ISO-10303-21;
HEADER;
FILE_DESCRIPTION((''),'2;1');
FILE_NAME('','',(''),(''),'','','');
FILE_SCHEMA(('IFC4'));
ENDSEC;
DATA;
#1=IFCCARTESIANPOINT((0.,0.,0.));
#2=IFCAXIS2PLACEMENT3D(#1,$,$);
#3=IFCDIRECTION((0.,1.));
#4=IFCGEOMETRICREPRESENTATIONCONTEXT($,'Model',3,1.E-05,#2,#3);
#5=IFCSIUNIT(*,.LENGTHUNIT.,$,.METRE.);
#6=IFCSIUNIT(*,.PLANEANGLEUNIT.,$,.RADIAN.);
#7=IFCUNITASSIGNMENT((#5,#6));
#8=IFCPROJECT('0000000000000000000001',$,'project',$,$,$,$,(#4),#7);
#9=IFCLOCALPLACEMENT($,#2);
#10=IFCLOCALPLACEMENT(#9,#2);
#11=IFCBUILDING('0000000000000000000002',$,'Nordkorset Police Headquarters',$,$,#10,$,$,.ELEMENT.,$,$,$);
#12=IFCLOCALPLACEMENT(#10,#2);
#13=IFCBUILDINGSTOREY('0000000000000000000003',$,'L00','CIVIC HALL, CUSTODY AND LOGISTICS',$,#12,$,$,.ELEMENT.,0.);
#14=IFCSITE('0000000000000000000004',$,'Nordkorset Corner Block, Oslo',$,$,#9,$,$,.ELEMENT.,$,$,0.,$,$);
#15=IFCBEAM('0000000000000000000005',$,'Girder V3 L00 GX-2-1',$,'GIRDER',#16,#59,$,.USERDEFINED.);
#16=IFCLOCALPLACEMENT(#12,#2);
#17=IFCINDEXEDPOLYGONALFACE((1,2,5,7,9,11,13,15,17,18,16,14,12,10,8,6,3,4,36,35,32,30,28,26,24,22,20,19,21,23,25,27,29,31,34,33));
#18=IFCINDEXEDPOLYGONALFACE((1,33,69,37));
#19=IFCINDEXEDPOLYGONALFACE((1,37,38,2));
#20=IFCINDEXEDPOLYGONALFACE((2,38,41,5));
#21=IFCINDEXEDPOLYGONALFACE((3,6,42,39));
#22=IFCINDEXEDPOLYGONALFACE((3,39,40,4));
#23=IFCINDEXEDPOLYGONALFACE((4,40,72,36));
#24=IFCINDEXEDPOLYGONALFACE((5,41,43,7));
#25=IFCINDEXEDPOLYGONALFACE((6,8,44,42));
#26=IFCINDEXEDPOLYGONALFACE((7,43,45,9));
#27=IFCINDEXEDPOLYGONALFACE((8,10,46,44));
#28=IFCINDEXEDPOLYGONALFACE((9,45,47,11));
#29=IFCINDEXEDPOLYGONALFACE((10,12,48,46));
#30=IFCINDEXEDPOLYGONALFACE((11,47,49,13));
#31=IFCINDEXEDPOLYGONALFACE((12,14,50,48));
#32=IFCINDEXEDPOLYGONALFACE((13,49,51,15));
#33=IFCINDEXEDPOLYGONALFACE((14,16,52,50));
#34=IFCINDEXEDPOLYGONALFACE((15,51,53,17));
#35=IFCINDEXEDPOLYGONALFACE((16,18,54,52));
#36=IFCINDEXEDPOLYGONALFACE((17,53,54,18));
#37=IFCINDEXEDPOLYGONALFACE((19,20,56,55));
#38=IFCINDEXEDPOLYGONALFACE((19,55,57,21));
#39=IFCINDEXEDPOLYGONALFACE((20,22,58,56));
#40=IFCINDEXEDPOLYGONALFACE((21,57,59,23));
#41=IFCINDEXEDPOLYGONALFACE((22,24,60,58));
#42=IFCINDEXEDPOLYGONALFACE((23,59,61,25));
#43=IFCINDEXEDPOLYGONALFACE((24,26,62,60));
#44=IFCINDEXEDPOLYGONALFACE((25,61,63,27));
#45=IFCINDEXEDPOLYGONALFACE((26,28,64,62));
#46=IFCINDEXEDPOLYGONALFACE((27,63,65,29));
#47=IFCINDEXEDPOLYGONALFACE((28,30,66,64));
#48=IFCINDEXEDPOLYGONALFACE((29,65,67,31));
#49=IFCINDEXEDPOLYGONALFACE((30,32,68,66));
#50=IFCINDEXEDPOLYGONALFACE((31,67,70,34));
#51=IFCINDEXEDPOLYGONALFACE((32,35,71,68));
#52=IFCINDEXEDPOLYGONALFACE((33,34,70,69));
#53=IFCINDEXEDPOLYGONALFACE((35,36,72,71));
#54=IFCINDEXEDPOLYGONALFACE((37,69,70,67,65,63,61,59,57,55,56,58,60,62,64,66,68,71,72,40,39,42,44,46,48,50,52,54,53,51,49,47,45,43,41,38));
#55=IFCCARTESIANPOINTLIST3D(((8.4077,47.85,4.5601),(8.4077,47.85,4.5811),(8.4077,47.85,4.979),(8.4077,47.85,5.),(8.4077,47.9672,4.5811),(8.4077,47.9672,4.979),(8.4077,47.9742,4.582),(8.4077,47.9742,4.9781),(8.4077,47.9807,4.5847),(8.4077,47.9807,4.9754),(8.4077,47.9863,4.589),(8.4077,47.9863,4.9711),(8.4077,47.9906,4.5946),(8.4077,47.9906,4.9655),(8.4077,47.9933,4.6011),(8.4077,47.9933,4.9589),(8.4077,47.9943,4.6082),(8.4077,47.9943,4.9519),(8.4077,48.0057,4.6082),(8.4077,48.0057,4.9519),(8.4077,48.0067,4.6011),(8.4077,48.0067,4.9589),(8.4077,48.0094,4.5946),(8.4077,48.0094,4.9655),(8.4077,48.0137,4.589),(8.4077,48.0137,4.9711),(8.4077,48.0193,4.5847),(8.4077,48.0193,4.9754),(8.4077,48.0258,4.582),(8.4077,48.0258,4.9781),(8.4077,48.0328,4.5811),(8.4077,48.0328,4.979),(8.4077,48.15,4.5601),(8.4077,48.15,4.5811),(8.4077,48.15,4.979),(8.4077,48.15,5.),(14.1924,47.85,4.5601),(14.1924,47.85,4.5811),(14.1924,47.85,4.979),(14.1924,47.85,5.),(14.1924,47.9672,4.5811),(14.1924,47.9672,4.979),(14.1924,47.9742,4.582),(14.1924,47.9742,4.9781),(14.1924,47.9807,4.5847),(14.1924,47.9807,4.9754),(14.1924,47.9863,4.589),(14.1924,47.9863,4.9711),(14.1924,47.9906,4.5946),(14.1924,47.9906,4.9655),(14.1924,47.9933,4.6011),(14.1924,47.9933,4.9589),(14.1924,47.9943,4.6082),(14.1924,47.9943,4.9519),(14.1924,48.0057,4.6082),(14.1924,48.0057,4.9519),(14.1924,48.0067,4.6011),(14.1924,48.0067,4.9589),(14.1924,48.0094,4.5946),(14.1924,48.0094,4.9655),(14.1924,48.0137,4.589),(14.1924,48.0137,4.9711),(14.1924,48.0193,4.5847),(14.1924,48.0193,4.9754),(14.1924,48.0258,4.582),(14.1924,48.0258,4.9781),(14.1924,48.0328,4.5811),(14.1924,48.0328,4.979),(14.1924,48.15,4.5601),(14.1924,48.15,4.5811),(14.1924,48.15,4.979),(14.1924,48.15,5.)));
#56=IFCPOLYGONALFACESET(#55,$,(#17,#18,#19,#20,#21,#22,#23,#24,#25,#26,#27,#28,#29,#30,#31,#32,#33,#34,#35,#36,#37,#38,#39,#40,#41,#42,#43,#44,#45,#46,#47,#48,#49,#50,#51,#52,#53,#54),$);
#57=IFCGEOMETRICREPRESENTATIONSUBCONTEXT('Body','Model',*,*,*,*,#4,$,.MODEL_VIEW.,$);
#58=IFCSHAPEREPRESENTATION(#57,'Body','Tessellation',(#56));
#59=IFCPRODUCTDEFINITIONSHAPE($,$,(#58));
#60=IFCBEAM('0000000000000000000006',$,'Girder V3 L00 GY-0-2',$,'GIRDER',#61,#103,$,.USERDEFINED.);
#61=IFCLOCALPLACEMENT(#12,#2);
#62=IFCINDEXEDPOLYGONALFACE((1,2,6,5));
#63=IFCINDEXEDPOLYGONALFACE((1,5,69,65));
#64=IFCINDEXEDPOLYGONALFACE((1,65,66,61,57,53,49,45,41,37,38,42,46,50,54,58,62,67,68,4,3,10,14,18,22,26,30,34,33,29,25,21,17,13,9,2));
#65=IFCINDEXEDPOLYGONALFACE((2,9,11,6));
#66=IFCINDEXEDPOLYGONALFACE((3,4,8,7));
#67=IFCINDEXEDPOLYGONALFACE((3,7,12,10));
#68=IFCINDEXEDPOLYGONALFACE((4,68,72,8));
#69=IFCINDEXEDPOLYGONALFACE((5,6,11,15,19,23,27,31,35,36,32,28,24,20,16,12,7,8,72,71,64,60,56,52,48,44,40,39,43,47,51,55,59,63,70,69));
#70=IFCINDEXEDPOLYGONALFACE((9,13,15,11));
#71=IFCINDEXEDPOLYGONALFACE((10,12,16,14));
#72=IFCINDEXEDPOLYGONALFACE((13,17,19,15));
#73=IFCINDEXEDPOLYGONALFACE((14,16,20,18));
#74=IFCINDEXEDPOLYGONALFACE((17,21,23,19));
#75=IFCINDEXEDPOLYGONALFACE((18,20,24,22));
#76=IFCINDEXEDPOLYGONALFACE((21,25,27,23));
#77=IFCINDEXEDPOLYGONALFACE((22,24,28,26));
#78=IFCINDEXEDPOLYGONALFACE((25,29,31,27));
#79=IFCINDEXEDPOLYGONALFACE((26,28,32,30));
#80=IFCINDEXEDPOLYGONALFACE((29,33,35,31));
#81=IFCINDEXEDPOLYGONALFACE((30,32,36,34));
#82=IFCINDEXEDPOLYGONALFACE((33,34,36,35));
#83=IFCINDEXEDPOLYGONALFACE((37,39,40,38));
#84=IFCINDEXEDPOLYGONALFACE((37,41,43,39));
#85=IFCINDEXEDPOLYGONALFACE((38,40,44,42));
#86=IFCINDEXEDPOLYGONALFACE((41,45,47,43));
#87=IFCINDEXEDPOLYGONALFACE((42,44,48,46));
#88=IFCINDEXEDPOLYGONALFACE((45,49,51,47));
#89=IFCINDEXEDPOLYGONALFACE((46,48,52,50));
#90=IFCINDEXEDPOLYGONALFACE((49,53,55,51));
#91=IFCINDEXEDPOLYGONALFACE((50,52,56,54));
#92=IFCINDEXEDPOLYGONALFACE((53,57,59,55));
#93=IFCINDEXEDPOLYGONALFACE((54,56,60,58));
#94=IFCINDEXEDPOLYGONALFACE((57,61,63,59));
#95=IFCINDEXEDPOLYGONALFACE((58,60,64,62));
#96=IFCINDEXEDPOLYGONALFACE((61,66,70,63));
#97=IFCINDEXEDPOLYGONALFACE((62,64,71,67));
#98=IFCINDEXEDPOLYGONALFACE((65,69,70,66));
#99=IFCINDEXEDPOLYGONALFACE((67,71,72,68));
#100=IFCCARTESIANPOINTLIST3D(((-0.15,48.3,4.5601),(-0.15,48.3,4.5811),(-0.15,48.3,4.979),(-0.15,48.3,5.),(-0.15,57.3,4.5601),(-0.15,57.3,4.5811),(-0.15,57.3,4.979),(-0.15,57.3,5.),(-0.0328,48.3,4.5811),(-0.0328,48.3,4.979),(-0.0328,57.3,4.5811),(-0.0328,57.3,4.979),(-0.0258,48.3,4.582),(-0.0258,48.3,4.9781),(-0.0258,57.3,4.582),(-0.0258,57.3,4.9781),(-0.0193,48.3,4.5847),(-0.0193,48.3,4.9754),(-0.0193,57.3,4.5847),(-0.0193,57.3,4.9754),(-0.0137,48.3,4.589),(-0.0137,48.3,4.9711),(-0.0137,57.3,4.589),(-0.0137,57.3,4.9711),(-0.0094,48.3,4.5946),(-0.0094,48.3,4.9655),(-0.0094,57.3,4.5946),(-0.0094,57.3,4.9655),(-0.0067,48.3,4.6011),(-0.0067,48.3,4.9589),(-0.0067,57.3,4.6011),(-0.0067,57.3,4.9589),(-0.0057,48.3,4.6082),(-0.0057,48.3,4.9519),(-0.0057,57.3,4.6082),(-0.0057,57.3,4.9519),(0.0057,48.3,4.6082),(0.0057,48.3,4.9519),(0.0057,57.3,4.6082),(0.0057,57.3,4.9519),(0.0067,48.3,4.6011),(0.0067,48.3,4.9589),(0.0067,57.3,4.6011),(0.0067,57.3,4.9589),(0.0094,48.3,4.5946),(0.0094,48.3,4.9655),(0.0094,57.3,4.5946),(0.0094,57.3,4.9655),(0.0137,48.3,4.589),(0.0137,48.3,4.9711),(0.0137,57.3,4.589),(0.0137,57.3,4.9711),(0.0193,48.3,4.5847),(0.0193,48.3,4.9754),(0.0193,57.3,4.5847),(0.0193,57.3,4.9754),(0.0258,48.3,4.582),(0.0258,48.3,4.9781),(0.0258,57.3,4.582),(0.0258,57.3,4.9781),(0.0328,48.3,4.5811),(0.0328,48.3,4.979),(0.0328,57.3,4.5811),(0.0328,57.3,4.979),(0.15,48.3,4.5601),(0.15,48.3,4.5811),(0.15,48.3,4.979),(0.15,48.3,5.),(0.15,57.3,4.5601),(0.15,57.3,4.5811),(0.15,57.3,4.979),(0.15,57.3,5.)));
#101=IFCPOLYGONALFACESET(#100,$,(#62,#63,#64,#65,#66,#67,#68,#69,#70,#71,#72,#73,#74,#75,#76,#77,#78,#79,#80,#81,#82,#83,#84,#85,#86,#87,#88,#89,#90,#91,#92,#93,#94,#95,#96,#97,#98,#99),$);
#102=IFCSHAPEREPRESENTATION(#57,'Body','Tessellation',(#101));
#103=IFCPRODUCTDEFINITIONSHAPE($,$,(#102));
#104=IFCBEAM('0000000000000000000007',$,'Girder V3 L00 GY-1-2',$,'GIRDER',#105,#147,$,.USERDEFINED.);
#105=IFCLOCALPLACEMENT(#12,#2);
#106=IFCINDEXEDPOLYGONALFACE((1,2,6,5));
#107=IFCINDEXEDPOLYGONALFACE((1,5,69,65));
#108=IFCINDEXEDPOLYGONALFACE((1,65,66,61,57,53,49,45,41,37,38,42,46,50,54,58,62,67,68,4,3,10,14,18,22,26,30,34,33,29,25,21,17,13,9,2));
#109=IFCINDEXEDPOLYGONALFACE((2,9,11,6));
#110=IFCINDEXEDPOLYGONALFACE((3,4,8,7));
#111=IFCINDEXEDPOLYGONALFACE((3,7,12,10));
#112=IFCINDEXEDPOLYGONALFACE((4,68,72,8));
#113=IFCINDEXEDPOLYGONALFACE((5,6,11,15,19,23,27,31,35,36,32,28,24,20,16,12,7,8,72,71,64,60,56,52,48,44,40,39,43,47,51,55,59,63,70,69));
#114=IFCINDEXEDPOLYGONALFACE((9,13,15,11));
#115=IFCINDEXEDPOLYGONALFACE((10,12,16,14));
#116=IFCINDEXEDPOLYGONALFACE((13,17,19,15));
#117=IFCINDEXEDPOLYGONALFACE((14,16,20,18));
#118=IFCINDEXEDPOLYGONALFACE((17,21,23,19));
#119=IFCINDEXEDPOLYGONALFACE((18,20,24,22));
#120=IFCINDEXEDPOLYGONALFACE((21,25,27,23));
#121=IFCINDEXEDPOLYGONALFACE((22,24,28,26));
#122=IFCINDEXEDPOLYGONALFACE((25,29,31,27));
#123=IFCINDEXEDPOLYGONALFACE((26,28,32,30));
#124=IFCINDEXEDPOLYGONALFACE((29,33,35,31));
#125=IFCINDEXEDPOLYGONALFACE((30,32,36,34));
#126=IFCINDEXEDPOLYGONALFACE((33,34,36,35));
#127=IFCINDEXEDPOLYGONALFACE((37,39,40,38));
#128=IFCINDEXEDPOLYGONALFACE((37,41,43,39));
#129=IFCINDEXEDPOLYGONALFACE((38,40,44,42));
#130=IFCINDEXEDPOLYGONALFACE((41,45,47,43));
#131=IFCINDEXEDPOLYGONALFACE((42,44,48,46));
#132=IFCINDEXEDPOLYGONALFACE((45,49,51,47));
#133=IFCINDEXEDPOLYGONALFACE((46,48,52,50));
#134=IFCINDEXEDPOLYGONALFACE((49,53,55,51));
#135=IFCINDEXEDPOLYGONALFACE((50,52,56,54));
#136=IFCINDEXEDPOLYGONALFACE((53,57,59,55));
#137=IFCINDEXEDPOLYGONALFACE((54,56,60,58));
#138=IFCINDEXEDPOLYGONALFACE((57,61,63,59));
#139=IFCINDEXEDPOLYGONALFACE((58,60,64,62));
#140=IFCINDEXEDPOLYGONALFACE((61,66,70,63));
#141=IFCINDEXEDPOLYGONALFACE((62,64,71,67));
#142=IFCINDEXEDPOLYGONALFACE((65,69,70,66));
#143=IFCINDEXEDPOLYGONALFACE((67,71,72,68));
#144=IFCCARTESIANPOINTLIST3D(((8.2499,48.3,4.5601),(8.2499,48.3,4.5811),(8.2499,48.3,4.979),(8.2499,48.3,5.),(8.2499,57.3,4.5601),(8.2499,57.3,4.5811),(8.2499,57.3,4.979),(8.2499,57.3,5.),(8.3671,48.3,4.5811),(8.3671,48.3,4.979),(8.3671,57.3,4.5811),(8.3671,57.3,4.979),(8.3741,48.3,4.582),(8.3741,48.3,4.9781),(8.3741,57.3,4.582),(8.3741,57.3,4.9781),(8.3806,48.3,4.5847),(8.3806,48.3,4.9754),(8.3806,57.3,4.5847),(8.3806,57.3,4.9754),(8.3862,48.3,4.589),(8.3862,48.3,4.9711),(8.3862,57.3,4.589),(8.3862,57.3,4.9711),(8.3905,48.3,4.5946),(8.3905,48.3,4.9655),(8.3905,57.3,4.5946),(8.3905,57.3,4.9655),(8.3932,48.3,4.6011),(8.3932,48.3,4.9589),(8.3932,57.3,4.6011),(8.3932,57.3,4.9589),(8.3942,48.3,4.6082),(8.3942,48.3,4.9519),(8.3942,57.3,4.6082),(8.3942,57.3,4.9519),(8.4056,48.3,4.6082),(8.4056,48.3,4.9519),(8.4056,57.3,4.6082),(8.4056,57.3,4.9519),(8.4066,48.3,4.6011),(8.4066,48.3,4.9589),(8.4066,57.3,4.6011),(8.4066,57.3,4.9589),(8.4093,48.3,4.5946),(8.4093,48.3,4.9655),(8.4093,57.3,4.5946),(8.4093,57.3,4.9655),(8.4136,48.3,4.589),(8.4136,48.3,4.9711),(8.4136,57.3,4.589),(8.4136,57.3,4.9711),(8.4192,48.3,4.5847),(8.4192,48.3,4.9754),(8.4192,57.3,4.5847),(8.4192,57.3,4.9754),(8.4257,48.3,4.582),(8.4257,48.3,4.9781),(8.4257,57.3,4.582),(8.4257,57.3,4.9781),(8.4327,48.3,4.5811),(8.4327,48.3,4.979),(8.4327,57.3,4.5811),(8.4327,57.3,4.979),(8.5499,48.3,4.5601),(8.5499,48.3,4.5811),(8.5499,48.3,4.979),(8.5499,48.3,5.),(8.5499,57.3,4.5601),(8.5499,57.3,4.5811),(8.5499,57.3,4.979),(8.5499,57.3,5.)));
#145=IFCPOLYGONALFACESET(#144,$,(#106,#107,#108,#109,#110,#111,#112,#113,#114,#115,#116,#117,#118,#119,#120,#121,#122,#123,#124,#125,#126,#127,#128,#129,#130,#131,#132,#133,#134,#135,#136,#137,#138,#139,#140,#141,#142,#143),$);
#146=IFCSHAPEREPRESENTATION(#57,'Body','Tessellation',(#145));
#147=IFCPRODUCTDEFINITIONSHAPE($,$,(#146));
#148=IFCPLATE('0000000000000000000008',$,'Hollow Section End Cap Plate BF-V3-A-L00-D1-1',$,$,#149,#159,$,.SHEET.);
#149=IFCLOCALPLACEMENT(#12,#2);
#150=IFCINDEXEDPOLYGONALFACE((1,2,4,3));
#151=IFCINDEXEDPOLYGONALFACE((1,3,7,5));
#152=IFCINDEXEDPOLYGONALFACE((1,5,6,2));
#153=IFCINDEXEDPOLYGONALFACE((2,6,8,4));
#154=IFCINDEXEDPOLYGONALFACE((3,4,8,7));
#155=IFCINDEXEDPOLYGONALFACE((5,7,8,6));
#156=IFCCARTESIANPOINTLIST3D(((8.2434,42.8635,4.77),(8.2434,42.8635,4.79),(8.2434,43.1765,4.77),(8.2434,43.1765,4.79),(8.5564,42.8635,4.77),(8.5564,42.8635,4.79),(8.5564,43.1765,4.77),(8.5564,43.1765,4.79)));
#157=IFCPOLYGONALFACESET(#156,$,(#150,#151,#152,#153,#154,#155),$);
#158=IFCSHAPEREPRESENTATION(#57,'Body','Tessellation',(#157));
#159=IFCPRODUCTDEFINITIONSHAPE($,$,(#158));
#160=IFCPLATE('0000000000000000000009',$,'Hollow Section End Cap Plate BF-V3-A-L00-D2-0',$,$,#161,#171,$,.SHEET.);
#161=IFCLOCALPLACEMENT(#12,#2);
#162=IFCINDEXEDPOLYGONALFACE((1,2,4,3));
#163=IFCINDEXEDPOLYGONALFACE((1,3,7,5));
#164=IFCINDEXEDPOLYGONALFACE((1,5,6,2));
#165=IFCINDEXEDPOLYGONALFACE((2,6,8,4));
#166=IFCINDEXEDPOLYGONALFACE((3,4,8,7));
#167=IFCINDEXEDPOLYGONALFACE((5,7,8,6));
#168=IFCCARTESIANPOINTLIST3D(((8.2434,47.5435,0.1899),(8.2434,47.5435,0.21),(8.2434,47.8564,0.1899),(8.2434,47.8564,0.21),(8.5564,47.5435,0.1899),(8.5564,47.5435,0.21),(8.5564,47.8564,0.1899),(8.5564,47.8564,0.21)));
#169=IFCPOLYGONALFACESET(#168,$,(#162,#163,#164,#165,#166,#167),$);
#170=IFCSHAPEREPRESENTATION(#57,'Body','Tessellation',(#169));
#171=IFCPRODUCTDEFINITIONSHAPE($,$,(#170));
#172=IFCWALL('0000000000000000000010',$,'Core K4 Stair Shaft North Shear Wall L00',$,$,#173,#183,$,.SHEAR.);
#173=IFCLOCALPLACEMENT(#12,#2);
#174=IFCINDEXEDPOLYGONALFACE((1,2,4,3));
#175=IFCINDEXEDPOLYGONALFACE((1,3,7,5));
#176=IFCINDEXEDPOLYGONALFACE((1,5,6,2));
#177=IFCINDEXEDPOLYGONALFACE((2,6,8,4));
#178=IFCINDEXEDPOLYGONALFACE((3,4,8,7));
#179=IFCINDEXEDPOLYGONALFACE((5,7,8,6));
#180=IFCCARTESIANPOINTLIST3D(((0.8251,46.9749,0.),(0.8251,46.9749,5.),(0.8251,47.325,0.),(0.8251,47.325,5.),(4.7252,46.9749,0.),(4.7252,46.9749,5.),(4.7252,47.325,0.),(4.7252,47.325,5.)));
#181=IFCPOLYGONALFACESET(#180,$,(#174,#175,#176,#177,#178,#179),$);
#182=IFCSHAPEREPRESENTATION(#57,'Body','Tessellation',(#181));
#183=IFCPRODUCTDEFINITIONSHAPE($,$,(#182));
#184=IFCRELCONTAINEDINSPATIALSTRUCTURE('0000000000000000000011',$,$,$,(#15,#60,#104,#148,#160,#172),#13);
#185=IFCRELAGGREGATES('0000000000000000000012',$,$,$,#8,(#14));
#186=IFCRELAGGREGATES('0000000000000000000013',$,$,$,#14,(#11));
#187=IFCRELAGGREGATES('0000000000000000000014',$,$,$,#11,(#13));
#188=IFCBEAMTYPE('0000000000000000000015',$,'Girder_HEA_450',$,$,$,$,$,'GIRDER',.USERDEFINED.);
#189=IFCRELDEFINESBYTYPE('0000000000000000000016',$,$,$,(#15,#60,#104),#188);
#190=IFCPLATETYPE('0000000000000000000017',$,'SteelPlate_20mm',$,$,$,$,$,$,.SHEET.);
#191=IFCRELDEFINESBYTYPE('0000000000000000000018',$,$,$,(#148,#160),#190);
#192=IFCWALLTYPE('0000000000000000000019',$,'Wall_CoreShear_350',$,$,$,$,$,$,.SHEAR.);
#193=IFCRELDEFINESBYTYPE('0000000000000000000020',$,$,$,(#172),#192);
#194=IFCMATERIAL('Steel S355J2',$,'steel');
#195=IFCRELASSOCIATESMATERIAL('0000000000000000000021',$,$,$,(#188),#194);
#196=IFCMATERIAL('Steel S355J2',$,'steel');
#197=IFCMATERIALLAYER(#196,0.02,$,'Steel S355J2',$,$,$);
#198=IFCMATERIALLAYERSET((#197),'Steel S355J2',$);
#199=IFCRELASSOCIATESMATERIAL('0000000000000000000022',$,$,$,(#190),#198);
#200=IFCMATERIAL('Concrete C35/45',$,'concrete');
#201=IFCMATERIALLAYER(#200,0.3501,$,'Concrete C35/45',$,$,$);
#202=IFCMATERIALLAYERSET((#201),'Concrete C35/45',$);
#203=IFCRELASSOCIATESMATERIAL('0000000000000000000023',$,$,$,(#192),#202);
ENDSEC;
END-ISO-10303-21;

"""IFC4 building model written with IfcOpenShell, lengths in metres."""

from ifc_helpers import new_model, si_unit, direction, frame, frame_2d, origin, origin_2d, place, context, subcontext, project, spatial, rectangle, i_section, extrude, material, layer, layer_set, material_profile, profile_set, type_object, element, save


model = new_model("IFC4")

# Units and contexts
model_context = context("Model", 3, precision=1e-05, world=origin(), true_north=direction((0.0, 1.0)))
body_context = subcontext(model_context, "Body", "Model", "MODEL_VIEW")
ifc_project = project(units=[si_unit("LENGTHUNIT", "METRE"), si_unit("PLANEANGLEUNIT", "RADIAN")], contexts=[model_context])

# Site, building, storey
site_placement = place(None, origin())
site = spatial("IfcSite", under=ifc_project, at=site_placement, Name="Nordkorset Corner Block, Oslo", CompositionType="ELEMENT", RefElevation=0.0)
building_placement = place(site_placement, origin())
building = spatial("IfcBuilding", under=site, at=building_placement, Name="Nordkorset Police Headquarters", CompositionType="ELEMENT")
storey_placement = place(building_placement, origin())
storey = spatial("IfcBuildingStorey", under=building, at=storey_placement, Name="L00", Description="CIVIC HALL, CUSTODY AND LOGISTICS", CompositionType="ELEMENT", Elevation=0.0)

# Beams
ifc_material_1 = material(Name="Steel S355J2", Category="steel")
ifc_material_profile_1 = material_profile(ifc_material_1, i_section(OverallWidth=0.3, OverallDepth=0.4399, WebThickness=0.0115, FlangeThickness=0.021, FilletRadius=0.0271, at=origin_2d()), Name="HEA 450")
ifc_profile_set_1 = profile_set([ifc_material_profile_1], Name="Steel S355J2")
beam_type_1 = type_object("IfcBeamType", Name="Girder_HEA_450", ElementType="GIRDER", PredefinedType="USERDEFINED", material=ifc_profile_set_1)
beam_1_placement = place(storey_placement, frame((8.4077, 48.0, 4.78), z_axis=(1.0, 0.0, 0.0), x_axis=(0.0, 1.0, 0.0)))
element("IfcBeam", 1, at=beam_1_placement, inside=storey, type_object=beam_type_1, Name="Girder V3 L00 GX-2-1", ObjectType="GIRDER", PredefinedType="USERDEFINED", context=body_context, shape_type="SweptSolid", body=[
    extrude(i_section(OverallWidth=0.3, OverallDepth=0.4399, WebThickness=0.0115, FlangeThickness=0.021, FilletRadius=0.0271, at=origin_2d()), origin(), (0.0, 0.0, 1.0), 5.7847),
])
for number, where, z_axis, x_axis, name in (
    (2, (0.0, 48.3, 4.78), (0.0, 1.0, 0.0), (-1.0, 0.0, 0.0), "Girder V3 L00 GY-0-2"),
    (3, (8.3999, 48.3, 4.78), (0.0, 1.0, 0.0), (-1.0, 0.0, 0.0), "Girder V3 L00 GY-1-2"),
):
    element("IfcBeam", number, at=place(storey_placement, frame(where, z_axis=z_axis, x_axis=x_axis)), inside=storey, type_object=beam_type_1, Name=name, ObjectType="GIRDER", PredefinedType="USERDEFINED", context=body_context, shape_type="SweptSolid", body=[
        extrude(i_section(OverallWidth=0.3, OverallDepth=0.4399, WebThickness=0.0115, FlangeThickness=0.021, FilletRadius=0.0271, at=origin_2d()), origin(), (0.0, 0.0, 1.0), 9.0),
    ])

# Plates
ifc_material_2 = material(Name="Steel S355J2", Category="steel")
ifc_layer_1 = layer(ifc_material_2, 0.02, Name="Steel S355J2")
ifc_layer_set_1 = layer_set([ifc_layer_1], Name="Steel S355J2")
plate_type = type_object("IfcPlateType", Name="SteelPlate_20mm", PredefinedType="SHEET", material=ifc_layer_set_1)
for number, where, z_axis, x_axis, name in (
    (4, (8.3999, 43.02, 4.77), (0.0, 0.0, 1.0), (1.0, 0.0, 0.0), "Hollow Section End Cap Plate BF-V3-A-L00-D1-1"),
    (5, (8.3999, 47.7, 0.1899), (0.0, 0.0, 1.0), (1.0, 0.0, 0.0), "Hollow Section End Cap Plate BF-V3-A-L00-D2-0"),
):
    element("IfcPlate", number, at=place(storey_placement, frame(where, z_axis=z_axis, x_axis=x_axis)), inside=storey, type_object=plate_type, Name=name, PredefinedType="SHEET", context=body_context, shape_type="SweptSolid", body=[
        extrude(rectangle(XDim=0.313, YDim=0.313, at=origin_2d()), origin(), (0.0, 0.0, 1.0), 0.02),
    ])

# Wall
ifc_material_3 = material(Name="Concrete C35/45", Category="concrete")
ifc_layer_2 = layer(ifc_material_3, 0.3501, Name="Concrete C35/45")
ifc_layer_set_2 = layer_set([ifc_layer_2], Name="Concrete C35/45")
wall_type_1 = type_object("IfcWallType", Name="Wall_CoreShear_350", PredefinedType="SHEAR", material=ifc_layer_set_2)
wall_1_placement = place(storey_placement, frame((0.825, 47.1499, 0.0), z_axis=(0.0, 0.0, 1.0), x_axis=(1.0, 0.0, 0.0)))
element("IfcWall", 6, at=wall_1_placement, inside=storey, type_object=wall_type_1, Name="Core K4 Stair Shaft North Shear Wall L00", PredefinedType="SHEAR", context=body_context, shape_type="SweptSolid", body=[
    extrude(rectangle(XDim=3.9001, YDim=0.3501, at=frame_2d((1.9502, 0.0))), origin(), (0.0, 0.0, 1.0), 5.0),
])

save(model, "model.ifc")
